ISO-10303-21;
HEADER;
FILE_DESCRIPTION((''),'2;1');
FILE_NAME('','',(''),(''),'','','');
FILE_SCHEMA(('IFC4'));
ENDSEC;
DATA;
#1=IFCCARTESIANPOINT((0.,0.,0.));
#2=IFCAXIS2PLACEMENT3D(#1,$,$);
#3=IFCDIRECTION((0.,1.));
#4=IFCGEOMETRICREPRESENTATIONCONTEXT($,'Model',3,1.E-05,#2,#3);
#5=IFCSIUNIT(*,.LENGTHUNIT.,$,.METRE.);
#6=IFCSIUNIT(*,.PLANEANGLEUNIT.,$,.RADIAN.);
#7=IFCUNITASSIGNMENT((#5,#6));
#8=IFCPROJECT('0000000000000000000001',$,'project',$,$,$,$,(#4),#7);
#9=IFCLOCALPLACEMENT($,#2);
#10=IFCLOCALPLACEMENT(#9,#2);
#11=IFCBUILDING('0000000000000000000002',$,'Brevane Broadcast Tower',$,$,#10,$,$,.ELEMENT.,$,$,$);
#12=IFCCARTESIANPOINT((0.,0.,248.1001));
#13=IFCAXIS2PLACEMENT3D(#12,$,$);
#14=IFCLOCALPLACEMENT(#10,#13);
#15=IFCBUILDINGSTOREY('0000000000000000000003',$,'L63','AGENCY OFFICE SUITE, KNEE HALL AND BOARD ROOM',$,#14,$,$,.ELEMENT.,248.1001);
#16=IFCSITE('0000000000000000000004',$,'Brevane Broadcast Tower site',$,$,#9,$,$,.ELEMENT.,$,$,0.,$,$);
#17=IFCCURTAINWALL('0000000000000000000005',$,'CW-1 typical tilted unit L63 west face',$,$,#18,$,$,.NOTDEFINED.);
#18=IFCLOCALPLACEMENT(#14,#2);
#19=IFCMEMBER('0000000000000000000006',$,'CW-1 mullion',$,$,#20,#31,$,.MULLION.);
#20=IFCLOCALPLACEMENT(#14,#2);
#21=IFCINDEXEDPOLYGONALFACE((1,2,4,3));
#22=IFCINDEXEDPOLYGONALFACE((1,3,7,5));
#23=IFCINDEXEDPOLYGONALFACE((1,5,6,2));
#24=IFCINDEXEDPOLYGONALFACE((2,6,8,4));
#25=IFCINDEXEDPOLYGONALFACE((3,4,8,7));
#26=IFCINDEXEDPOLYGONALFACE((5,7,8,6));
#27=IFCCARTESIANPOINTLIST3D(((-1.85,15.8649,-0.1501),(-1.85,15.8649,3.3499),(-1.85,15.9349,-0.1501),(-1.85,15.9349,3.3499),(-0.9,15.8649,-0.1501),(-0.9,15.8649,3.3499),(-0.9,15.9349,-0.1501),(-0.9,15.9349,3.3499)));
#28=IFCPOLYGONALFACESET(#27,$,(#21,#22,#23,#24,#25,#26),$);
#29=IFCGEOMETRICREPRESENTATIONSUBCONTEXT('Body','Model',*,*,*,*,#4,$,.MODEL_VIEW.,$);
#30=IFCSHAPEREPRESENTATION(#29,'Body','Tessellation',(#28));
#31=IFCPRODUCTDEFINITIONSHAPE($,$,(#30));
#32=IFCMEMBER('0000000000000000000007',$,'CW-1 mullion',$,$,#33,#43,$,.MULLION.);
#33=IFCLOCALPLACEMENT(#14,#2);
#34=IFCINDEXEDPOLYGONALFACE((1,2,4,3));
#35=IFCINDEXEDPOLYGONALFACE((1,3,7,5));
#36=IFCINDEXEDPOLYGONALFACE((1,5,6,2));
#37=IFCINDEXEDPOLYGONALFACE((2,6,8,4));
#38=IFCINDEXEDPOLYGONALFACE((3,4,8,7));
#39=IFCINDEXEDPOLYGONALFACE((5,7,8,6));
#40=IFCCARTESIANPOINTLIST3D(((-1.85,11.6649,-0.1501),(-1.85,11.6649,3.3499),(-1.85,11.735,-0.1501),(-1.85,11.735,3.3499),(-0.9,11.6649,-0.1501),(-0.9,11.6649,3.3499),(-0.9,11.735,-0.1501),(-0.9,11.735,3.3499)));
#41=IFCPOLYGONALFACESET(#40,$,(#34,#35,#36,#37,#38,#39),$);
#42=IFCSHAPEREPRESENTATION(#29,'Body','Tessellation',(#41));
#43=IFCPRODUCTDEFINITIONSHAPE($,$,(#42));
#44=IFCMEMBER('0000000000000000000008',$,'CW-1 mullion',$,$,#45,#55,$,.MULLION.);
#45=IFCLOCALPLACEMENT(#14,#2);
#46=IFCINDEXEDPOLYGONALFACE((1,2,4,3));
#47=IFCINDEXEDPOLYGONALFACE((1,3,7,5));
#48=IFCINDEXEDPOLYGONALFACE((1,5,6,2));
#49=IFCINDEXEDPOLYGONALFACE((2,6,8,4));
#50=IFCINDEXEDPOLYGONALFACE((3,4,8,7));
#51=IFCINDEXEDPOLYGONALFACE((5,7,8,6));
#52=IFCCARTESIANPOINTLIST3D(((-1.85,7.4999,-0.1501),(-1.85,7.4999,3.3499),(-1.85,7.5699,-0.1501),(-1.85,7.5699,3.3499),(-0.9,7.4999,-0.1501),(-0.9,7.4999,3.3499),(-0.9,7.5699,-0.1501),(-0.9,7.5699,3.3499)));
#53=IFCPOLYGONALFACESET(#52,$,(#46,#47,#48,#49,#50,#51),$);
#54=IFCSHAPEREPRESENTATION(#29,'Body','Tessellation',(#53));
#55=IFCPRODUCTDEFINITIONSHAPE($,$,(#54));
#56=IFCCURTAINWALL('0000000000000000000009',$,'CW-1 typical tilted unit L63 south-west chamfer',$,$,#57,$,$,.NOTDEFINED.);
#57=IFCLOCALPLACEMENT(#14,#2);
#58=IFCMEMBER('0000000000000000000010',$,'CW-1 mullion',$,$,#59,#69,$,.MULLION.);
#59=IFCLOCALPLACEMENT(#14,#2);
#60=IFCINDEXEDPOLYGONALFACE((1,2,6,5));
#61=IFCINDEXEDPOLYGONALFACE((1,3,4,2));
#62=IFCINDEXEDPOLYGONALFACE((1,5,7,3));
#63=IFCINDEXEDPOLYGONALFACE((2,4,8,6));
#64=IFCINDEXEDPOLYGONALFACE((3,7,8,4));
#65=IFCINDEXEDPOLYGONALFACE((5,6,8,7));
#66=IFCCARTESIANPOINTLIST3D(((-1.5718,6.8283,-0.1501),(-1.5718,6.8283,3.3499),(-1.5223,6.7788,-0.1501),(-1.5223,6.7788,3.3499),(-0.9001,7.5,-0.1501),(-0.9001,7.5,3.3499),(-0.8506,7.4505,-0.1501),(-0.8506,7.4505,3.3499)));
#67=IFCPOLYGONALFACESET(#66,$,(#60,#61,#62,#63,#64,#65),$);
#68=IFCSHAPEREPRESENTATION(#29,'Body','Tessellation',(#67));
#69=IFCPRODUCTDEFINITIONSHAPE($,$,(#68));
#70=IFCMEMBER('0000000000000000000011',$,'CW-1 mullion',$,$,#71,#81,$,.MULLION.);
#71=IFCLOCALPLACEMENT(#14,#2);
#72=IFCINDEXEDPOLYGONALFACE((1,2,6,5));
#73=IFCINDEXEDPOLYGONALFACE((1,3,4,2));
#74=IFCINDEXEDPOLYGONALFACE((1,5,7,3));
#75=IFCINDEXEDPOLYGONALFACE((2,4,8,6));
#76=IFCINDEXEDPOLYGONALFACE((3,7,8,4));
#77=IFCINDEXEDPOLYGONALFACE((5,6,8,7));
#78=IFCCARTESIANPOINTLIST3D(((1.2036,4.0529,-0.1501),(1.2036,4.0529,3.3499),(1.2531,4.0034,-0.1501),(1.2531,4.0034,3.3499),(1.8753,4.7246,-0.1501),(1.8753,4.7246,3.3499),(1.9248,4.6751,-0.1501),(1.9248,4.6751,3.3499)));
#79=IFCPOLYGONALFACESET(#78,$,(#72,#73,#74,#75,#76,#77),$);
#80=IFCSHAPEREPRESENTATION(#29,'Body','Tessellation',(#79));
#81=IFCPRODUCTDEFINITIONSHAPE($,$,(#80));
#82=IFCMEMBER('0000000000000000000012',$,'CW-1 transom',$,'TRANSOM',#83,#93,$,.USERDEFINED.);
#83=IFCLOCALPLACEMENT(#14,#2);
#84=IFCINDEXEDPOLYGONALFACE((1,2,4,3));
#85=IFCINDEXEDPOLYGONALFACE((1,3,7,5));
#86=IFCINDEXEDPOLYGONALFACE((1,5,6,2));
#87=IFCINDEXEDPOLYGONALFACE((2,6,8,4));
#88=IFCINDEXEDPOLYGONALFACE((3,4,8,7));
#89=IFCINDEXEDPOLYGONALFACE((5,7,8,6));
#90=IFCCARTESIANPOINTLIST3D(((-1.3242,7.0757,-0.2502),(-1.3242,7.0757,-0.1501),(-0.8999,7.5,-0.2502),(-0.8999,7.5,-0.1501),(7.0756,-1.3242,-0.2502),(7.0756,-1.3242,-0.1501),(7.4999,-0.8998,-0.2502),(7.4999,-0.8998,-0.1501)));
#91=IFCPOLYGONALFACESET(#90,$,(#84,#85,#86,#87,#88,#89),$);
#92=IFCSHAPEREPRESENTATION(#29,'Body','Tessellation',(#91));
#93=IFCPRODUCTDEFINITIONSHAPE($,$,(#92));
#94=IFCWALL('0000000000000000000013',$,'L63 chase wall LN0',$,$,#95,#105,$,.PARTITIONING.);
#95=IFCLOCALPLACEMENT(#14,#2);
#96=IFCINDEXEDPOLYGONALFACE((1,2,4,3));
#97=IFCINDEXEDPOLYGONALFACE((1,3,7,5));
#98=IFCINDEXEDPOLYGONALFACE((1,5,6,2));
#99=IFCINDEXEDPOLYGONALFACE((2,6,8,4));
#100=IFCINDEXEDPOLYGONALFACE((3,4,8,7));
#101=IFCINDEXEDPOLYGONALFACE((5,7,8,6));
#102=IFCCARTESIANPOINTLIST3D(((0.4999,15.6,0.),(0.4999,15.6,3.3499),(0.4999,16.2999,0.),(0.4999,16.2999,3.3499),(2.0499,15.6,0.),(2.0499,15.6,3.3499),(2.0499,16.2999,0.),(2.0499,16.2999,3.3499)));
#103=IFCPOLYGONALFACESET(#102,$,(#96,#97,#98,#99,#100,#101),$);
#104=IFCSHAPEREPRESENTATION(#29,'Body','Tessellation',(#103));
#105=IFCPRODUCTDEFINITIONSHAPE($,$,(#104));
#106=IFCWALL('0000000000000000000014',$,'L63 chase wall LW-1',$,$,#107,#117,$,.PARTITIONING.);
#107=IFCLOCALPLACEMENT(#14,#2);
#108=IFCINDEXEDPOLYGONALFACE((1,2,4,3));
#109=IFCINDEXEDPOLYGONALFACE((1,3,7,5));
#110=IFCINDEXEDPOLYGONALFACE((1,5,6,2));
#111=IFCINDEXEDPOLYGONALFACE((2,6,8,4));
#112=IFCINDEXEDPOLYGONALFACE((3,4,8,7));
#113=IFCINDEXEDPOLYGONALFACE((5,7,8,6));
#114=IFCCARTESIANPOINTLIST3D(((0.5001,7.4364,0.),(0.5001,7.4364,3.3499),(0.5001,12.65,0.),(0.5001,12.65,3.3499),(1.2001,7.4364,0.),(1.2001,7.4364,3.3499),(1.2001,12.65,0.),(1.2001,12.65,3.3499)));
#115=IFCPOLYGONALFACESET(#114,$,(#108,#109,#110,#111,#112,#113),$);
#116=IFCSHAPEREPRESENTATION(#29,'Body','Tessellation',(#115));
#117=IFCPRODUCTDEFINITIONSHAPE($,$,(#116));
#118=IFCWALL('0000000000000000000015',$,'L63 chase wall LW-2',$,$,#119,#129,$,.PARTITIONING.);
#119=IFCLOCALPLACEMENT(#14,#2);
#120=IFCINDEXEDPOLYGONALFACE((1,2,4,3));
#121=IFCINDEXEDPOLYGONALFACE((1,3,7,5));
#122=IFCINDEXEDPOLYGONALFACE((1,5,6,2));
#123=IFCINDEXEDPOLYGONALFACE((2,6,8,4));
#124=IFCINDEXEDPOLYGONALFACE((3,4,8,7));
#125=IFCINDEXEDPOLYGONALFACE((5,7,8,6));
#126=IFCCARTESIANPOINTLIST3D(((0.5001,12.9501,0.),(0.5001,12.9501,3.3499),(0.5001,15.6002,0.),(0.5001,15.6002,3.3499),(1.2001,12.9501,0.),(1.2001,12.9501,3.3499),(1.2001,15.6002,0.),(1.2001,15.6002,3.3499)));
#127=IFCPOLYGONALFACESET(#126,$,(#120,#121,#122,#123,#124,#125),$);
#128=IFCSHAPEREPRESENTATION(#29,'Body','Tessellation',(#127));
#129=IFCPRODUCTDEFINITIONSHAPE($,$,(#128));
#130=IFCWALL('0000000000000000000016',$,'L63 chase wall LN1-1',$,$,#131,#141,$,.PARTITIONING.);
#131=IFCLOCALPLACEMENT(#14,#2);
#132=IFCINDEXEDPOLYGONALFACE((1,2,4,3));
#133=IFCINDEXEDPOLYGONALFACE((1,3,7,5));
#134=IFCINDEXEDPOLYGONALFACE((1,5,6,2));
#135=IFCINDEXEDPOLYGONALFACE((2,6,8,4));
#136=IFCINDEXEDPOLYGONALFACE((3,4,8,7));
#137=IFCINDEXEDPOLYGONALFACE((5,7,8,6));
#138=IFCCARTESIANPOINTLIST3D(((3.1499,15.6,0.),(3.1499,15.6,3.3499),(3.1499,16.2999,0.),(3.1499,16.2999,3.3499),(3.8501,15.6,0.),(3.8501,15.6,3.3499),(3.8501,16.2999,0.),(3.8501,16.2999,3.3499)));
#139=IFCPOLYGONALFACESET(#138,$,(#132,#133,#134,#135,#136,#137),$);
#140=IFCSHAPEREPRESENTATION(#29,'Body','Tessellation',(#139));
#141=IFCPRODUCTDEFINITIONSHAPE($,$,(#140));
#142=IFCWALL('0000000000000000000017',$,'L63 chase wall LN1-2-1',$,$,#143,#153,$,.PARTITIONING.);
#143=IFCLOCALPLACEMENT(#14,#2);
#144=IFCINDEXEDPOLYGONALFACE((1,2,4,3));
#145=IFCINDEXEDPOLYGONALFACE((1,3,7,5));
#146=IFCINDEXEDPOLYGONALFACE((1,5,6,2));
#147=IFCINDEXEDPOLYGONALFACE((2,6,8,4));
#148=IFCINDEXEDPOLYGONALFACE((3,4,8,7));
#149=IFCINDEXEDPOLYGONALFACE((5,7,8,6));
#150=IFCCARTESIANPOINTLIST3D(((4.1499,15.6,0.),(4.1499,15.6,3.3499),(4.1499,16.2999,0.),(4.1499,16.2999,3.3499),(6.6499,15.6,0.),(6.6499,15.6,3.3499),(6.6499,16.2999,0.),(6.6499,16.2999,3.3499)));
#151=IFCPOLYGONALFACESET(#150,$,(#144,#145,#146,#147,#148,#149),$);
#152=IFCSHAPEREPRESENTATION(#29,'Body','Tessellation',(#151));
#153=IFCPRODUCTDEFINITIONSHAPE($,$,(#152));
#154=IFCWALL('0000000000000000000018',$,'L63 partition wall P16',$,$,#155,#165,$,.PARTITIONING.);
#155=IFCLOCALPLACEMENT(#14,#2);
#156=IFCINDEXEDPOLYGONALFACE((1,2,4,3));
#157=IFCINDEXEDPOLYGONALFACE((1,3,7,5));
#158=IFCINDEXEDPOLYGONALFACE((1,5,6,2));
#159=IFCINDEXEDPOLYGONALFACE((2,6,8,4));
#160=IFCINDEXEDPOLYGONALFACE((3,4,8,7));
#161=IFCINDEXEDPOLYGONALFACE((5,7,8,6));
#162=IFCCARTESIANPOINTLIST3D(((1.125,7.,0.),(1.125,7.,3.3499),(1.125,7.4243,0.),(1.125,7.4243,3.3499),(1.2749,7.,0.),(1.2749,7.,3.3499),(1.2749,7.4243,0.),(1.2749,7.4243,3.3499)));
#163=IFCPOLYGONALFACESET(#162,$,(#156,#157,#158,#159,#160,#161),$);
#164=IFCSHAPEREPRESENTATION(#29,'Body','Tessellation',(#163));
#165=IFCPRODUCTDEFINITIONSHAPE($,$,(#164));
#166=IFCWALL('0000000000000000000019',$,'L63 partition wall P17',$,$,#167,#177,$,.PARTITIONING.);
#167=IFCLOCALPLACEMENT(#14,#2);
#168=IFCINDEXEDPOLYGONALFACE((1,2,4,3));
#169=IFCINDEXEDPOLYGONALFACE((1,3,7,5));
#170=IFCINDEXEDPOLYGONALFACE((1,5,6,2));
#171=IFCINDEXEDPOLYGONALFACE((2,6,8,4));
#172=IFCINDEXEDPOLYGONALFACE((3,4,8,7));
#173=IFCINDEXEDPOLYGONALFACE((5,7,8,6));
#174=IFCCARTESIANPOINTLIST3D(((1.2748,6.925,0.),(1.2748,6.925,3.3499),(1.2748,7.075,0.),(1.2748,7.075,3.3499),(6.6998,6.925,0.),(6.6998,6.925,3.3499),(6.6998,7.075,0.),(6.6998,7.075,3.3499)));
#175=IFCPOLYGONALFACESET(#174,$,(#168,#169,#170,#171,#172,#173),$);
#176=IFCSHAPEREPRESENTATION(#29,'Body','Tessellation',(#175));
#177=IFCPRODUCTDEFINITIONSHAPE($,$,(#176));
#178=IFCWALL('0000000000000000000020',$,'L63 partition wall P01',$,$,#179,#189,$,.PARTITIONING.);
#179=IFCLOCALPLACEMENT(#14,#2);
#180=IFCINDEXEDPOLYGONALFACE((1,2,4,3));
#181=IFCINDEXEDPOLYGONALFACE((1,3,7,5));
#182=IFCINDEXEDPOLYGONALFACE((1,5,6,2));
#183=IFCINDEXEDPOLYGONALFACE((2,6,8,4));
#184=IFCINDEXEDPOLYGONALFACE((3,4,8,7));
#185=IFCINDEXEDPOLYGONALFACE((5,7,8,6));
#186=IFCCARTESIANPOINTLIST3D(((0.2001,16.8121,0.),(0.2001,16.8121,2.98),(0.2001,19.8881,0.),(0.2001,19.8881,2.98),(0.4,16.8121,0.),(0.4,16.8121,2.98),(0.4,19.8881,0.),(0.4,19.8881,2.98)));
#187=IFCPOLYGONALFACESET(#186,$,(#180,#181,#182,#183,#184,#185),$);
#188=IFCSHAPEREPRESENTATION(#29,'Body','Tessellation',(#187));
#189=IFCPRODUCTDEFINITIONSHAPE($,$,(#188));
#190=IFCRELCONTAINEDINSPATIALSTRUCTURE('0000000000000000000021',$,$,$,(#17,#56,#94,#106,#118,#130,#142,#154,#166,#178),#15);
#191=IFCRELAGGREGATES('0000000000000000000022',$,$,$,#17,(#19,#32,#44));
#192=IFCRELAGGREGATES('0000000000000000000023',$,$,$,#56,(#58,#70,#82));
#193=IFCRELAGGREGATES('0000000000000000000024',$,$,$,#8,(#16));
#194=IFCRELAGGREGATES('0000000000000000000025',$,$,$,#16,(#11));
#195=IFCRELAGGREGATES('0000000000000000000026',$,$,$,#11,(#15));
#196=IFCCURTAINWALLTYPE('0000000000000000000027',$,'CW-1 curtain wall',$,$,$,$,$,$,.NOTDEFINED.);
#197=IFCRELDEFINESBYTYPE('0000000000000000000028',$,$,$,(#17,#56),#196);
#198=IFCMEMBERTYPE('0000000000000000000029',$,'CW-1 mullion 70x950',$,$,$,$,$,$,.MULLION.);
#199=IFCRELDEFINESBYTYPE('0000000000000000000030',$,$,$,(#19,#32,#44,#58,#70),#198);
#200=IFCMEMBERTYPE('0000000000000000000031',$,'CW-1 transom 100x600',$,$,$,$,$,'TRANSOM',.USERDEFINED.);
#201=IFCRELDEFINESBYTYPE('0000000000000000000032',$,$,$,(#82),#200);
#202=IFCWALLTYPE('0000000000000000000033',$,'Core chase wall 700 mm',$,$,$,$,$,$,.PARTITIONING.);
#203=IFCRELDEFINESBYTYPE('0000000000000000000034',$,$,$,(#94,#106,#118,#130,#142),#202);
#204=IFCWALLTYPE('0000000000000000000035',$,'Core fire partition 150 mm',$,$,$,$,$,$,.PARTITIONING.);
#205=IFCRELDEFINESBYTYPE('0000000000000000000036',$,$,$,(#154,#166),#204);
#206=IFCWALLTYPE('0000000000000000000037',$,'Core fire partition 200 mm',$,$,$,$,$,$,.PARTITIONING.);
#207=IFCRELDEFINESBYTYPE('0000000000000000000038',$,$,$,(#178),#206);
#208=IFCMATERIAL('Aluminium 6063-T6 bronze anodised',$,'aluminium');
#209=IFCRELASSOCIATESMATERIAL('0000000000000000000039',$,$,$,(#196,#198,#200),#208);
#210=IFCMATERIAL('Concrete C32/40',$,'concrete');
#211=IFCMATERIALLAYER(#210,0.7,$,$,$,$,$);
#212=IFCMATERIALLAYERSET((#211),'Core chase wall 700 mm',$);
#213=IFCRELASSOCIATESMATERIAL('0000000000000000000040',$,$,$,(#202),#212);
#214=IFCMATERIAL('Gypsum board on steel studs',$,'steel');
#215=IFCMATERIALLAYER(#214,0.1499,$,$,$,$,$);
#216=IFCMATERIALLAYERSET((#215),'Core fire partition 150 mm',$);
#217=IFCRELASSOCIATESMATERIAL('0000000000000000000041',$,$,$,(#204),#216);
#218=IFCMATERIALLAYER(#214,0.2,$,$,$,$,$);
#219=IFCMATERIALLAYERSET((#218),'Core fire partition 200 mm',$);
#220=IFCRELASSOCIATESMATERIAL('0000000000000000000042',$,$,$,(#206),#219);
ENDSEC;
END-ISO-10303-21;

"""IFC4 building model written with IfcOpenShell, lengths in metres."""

from ifc_helpers import new_model, si_unit, direction, frame, frame_2d, origin, origin_2d, place, context, subcontext, project, spatial, rectangle, extrude, material, layer, layer_set, material_profile, profile_set, type_object, element, aggregate, save


model = new_model("IFC4")

# Units and contexts
model_context = context("Model", 3, precision=1e-05, world=origin(), true_north=direction((0.0, 1.0)))
body_context = subcontext(model_context, "Body", "Model", "MODEL_VIEW")
ifc_project = project(units=[si_unit("LENGTHUNIT", "METRE"), si_unit("PLANEANGLEUNIT", "RADIAN")], contexts=[model_context])

# Site, building, storey
site_placement = place(None, origin())
site = spatial("IfcSite", under=ifc_project, at=site_placement, Name="Brevane Broadcast Tower site", CompositionType="ELEMENT", RefElevation=0.0)
building_placement = place(site_placement, origin())
building = spatial("IfcBuilding", under=site, at=building_placement, Name="Brevane Broadcast Tower", CompositionType="ELEMENT")
storey_placement = place(building_placement, frame((0.0, 0.0, 248.1001)))
storey = spatial("IfcBuildingStorey", under=building, at=storey_placement, Name="L63", Description="AGENCY OFFICE SUITE, KNEE HALL AND BOARD ROOM", CompositionType="ELEMENT", Elevation=248.1001)

# Curtain walls, members
ifc_material_1 = material(Name="Aluminium 6063-T6 bronze anodised", Category="aluminium")
curtain_wall_type = type_object("IfcCurtainWallType", Name="CW-1 curtain wall", PredefinedType="NOTDEFINED", material=ifc_material_1)
curtain_wall_1_placement = place(storey_placement, origin())
curtain_wall_1 = element("IfcCurtainWall", 1, at=curtain_wall_1_placement, inside=storey, type_object=curtain_wall_type, Name="CW-1 typical tilted unit L63 west face", PredefinedType="NOTDEFINED")
ifc_material_profile_1 = material_profile(ifc_material_1, rectangle(XDim=0.95, YDim=0.0701, at=origin_2d()), Name="RECT 70x950")
ifc_profile_set_1 = profile_set([ifc_material_profile_1], Name="Aluminium 6063-T6 bronze anodised")
member_type_1 = type_object("IfcMemberType", Name="CW-1 mullion 70x950", PredefinedType="MULLION", material=ifc_profile_set_1)
member_1_placement = place(storey_placement, frame((-1.375, 15.8999, -0.1501), z_axis=(0.0, 0.0, 1.0), x_axis=(1.0, 0.0, 0.0)))
member_1 = element("IfcMember", 2, at=member_1_placement, type_object=member_type_1, Name="CW-1 mullion", PredefinedType="MULLION", context=body_context, shape_type="SweptSolid", body=[
    extrude(rectangle(XDim=0.95, YDim=0.0701, at=origin_2d()), origin(), (0.0, 0.0, 1.0), 3.5),
])
member_2_placement = place(storey_placement, frame((-1.375, 11.7, -0.1501), z_axis=(0.0, 0.0, 1.0), x_axis=(1.0, 0.0, 0.0)))
member_2 = element("IfcMember", 3, at=member_2_placement, type_object=member_type_1, Name="CW-1 mullion", PredefinedType="MULLION", context=body_context, shape_type="SweptSolid", body=[
    extrude(rectangle(XDim=0.95, YDim=0.0701, at=origin_2d()), origin(), (0.0, 0.0, 1.0), 3.5),
])
member_3_placement = place(storey_placement, frame((-1.375, 7.5349, -0.1501), z_axis=(0.0, 0.0, 1.0), x_axis=(1.0, 0.0, 0.0)))
member_3 = element("IfcMember", 4, at=member_3_placement, type_object=member_type_1, Name="CW-1 mullion", PredefinedType="MULLION", context=body_context, shape_type="SweptSolid", body=[
    extrude(rectangle(XDim=0.95, YDim=0.0701, at=origin_2d()), origin(), (0.0, 0.0, 1.0), 3.5),
])
aggregate(curtain_wall_1, [member_1, member_2, member_3])
curtain_wall_2_placement = place(storey_placement, origin())
curtain_wall_2 = element("IfcCurtainWall", 5, at=curtain_wall_2_placement, inside=storey, type_object=curtain_wall_type, Name="CW-1 typical tilted unit L63 south-west chamfer", PredefinedType="NOTDEFINED")
member_4_placement = place(storey_placement, frame((-1.2112, 7.1394, -0.1501), z_axis=(0.0, 0.0, 1.0), x_axis=(0.707107, 0.707107, 0.0)))
member_4 = element("IfcMember", 6, at=member_4_placement, type_object=member_type_1, Name="CW-1 mullion", PredefinedType="MULLION", context=body_context, shape_type="SweptSolid", body=[
    extrude(rectangle(XDim=0.95, YDim=0.0701, at=origin_2d()), origin(), (0.0, 0.0, 1.0), 3.5),
])
member_5_placement = place(storey_placement, frame((1.5642, 4.364, -0.1501), z_axis=(0.0, 0.0, 1.0), x_axis=(0.707107, 0.707107, 0.0)))
member_5 = element("IfcMember", 7, at=member_5_placement, type_object=member_type_1, Name="CW-1 mullion", PredefinedType="MULLION", context=body_context, shape_type="SweptSolid", body=[
    extrude(rectangle(XDim=0.95, YDim=0.0701, at=origin_2d()), origin(), (0.0, 0.0, 1.0), 3.5),
])
ifc_material_profile_2 = material_profile(ifc_material_1, rectangle(XDim=0.6001, YDim=0.1001, at=origin_2d()), Name="RECT 100x600")
ifc_profile_set_2 = profile_set([ifc_material_profile_2], Name="Aluminium 6063-T6 bronze anodised")
member_type_2 = type_object("IfcMemberType", Name="CW-1 transom 100x600", ElementType="TRANSOM", PredefinedType="USERDEFINED", material=ifc_profile_set_2)
member_6_placement = place(storey_placement, frame((-1.1121, 7.2878, -0.2002), z_axis=(0.707107, -0.707107, 0.0), x_axis=(0.707107, 0.707107, 0.0)))
member_6 = element("IfcMember", 8, at=member_6_placement, type_object=member_type_2, Name="CW-1 transom", ObjectType="TRANSOM", PredefinedType="USERDEFINED", context=body_context, shape_type="SweptSolid", body=[
    extrude(rectangle(XDim=0.6001, YDim=0.1001, at=origin_2d()), origin(), (0.0, 0.0, 1.0), 11.8792),
])
aggregate(curtain_wall_2, [member_4, member_5, member_6])

# Walls
ifc_material_2 = material(Name="Concrete C32/40", Category="concrete")
ifc_layer_1 = layer(ifc_material_2, 0.7)
ifc_layer_set_1 = layer_set([ifc_layer_1], Name="Core chase wall 700 mm")
wall_type_1 = type_object("IfcWallType", Name="Core chase wall 700 mm", PredefinedType="PARTITIONING", material=ifc_layer_set_1)
wall_1_placement = place(storey_placement, frame((0.5, 15.95, 0.0), z_axis=(0.0, 0.0, 1.0), x_axis=(1.0, 0.0, 0.0)))
element("IfcWall", 9, at=wall_1_placement, inside=storey, type_object=wall_type_1, Name="L63 chase wall LN0", PredefinedType="PARTITIONING", context=body_context, shape_type="SweptSolid", body=[
    extrude(rectangle(XDim=1.55, YDim=0.7, at=frame_2d((0.7749, 0.0))), origin(), (0.0, 0.0, 1.0), 3.3499),
])
wall_2_placement = place(storey_placement, frame((0.8501, 7.4363, 0.0), z_axis=(0.0, 0.0, 1.0), x_axis=(0.0, 1.0, 0.0)))
element("IfcWall", 10, at=wall_2_placement, inside=storey, type_object=wall_type_1, Name="L63 chase wall LW-1", PredefinedType="PARTITIONING", context=body_context, shape_type="SweptSolid", body=[
    extrude(rectangle(XDim=5.2136, YDim=0.7, at=frame_2d((2.6069, 0.0))), origin(), (0.0, 0.0, 1.0), 3.3499),
])
wall_3_placement = place(storey_placement, frame((0.8501, 12.95, 0.0), z_axis=(0.0, 0.0, 1.0), x_axis=(0.0, 1.0, 0.0)))
element("IfcWall", 11, at=wall_3_placement, inside=storey, type_object=wall_type_1, Name="L63 chase wall LW-2", PredefinedType="PARTITIONING", context=body_context, shape_type="SweptSolid", body=[
    extrude(rectangle(XDim=2.6501, YDim=0.7, at=frame_2d((1.3252, 0.0))), origin(), (0.0, 0.0, 1.0), 3.3499),
])
wall_4_placement = place(storey_placement, frame((3.1499, 15.95, 0.0), z_axis=(0.0, 0.0, 1.0), x_axis=(1.0, 0.0, 0.0)))
element("IfcWall", 12, at=wall_4_placement, inside=storey, type_object=wall_type_1, Name="L63 chase wall LN1-1", PredefinedType="PARTITIONING", context=body_context, shape_type="SweptSolid", body=[
    extrude(rectangle(XDim=0.7002, YDim=0.7, at=frame_2d((0.3501, 0.0))), origin(), (0.0, 0.0, 1.0), 3.3499),
])
wall_5_placement = place(storey_placement, frame((4.1499, 15.95, 0.0), z_axis=(0.0, 0.0, 1.0), x_axis=(1.0, 0.0, 0.0)))
element("IfcWall", 13, at=wall_5_placement, inside=storey, type_object=wall_type_1, Name="L63 chase wall LN1-2-1", PredefinedType="PARTITIONING", context=body_context, shape_type="SweptSolid", body=[
    extrude(rectangle(XDim=2.5, YDim=0.7, at=frame_2d((1.25, 0.0))), origin(), (0.0, 0.0, 1.0), 3.3499),
])
ifc_material_3 = material(Name="Gypsum board on steel studs", Category="steel")
ifc_layer_2 = layer(ifc_material_3, 0.1499)
ifc_layer_set_2 = layer_set([ifc_layer_2], Name="Core fire partition 150 mm")
wall_type_2 = type_object("IfcWallType", Name="Core fire partition 150 mm", PredefinedType="PARTITIONING", material=ifc_layer_set_2)
wall_6_placement = place(storey_placement, frame((1.2, 7.4243, 0.0), z_axis=(0.0, 0.0, 1.0), x_axis=(0.0, -1.0, 0.0)))
element("IfcWall", 14, at=wall_6_placement, inside=storey, type_object=wall_type_2, Name="L63 partition wall P16", PredefinedType="PARTITIONING", context=body_context, shape_type="SweptSolid", body=[
    extrude(rectangle(XDim=0.4243, YDim=0.1499, at=frame_2d((0.2122, 0.0))), origin(), (0.0, 0.0, 1.0), 3.3499),
])
wall_7_placement = place(storey_placement, frame((1.2749, 7.0, 0.0), z_axis=(0.0, 0.0, 1.0), x_axis=(1.0, 0.0, 0.0)))
element("IfcWall", 15, at=wall_7_placement, inside=storey, type_object=wall_type_2, Name="L63 partition wall P17", PredefinedType="PARTITIONING", context=body_context, shape_type="SweptSolid", body=[
    extrude(rectangle(XDim=5.425, YDim=0.1499, at=frame_2d((2.7124, 0.0))), origin(), (0.0, 0.0, 1.0), 3.3499),
])
ifc_layer_3 = layer(ifc_material_3, 0.2)
ifc_layer_set_3 = layer_set([ifc_layer_3], Name="Core fire partition 200 mm")
wall_type_3 = type_object("IfcWallType", Name="Core fire partition 200 mm", PredefinedType="PARTITIONING", material=ifc_layer_set_3)
wall_8_placement = place(storey_placement, frame((0.3, 16.812, 0.0), z_axis=(0.0, 0.0, 1.0), x_axis=(0.0, 1.0, 0.0)))
element("IfcWall", 16, at=wall_8_placement, inside=storey, type_object=wall_type_3, Name="L63 partition wall P01", PredefinedType="PARTITIONING", context=body_context, shape_type="SweptSolid", body=[
    extrude(rectangle(XDim=3.0759, YDim=0.2, at=frame_2d((1.5381, 0.0))), origin(), (0.0, 0.0, 1.0), 2.98),
])

save(model, "model.ifc")
